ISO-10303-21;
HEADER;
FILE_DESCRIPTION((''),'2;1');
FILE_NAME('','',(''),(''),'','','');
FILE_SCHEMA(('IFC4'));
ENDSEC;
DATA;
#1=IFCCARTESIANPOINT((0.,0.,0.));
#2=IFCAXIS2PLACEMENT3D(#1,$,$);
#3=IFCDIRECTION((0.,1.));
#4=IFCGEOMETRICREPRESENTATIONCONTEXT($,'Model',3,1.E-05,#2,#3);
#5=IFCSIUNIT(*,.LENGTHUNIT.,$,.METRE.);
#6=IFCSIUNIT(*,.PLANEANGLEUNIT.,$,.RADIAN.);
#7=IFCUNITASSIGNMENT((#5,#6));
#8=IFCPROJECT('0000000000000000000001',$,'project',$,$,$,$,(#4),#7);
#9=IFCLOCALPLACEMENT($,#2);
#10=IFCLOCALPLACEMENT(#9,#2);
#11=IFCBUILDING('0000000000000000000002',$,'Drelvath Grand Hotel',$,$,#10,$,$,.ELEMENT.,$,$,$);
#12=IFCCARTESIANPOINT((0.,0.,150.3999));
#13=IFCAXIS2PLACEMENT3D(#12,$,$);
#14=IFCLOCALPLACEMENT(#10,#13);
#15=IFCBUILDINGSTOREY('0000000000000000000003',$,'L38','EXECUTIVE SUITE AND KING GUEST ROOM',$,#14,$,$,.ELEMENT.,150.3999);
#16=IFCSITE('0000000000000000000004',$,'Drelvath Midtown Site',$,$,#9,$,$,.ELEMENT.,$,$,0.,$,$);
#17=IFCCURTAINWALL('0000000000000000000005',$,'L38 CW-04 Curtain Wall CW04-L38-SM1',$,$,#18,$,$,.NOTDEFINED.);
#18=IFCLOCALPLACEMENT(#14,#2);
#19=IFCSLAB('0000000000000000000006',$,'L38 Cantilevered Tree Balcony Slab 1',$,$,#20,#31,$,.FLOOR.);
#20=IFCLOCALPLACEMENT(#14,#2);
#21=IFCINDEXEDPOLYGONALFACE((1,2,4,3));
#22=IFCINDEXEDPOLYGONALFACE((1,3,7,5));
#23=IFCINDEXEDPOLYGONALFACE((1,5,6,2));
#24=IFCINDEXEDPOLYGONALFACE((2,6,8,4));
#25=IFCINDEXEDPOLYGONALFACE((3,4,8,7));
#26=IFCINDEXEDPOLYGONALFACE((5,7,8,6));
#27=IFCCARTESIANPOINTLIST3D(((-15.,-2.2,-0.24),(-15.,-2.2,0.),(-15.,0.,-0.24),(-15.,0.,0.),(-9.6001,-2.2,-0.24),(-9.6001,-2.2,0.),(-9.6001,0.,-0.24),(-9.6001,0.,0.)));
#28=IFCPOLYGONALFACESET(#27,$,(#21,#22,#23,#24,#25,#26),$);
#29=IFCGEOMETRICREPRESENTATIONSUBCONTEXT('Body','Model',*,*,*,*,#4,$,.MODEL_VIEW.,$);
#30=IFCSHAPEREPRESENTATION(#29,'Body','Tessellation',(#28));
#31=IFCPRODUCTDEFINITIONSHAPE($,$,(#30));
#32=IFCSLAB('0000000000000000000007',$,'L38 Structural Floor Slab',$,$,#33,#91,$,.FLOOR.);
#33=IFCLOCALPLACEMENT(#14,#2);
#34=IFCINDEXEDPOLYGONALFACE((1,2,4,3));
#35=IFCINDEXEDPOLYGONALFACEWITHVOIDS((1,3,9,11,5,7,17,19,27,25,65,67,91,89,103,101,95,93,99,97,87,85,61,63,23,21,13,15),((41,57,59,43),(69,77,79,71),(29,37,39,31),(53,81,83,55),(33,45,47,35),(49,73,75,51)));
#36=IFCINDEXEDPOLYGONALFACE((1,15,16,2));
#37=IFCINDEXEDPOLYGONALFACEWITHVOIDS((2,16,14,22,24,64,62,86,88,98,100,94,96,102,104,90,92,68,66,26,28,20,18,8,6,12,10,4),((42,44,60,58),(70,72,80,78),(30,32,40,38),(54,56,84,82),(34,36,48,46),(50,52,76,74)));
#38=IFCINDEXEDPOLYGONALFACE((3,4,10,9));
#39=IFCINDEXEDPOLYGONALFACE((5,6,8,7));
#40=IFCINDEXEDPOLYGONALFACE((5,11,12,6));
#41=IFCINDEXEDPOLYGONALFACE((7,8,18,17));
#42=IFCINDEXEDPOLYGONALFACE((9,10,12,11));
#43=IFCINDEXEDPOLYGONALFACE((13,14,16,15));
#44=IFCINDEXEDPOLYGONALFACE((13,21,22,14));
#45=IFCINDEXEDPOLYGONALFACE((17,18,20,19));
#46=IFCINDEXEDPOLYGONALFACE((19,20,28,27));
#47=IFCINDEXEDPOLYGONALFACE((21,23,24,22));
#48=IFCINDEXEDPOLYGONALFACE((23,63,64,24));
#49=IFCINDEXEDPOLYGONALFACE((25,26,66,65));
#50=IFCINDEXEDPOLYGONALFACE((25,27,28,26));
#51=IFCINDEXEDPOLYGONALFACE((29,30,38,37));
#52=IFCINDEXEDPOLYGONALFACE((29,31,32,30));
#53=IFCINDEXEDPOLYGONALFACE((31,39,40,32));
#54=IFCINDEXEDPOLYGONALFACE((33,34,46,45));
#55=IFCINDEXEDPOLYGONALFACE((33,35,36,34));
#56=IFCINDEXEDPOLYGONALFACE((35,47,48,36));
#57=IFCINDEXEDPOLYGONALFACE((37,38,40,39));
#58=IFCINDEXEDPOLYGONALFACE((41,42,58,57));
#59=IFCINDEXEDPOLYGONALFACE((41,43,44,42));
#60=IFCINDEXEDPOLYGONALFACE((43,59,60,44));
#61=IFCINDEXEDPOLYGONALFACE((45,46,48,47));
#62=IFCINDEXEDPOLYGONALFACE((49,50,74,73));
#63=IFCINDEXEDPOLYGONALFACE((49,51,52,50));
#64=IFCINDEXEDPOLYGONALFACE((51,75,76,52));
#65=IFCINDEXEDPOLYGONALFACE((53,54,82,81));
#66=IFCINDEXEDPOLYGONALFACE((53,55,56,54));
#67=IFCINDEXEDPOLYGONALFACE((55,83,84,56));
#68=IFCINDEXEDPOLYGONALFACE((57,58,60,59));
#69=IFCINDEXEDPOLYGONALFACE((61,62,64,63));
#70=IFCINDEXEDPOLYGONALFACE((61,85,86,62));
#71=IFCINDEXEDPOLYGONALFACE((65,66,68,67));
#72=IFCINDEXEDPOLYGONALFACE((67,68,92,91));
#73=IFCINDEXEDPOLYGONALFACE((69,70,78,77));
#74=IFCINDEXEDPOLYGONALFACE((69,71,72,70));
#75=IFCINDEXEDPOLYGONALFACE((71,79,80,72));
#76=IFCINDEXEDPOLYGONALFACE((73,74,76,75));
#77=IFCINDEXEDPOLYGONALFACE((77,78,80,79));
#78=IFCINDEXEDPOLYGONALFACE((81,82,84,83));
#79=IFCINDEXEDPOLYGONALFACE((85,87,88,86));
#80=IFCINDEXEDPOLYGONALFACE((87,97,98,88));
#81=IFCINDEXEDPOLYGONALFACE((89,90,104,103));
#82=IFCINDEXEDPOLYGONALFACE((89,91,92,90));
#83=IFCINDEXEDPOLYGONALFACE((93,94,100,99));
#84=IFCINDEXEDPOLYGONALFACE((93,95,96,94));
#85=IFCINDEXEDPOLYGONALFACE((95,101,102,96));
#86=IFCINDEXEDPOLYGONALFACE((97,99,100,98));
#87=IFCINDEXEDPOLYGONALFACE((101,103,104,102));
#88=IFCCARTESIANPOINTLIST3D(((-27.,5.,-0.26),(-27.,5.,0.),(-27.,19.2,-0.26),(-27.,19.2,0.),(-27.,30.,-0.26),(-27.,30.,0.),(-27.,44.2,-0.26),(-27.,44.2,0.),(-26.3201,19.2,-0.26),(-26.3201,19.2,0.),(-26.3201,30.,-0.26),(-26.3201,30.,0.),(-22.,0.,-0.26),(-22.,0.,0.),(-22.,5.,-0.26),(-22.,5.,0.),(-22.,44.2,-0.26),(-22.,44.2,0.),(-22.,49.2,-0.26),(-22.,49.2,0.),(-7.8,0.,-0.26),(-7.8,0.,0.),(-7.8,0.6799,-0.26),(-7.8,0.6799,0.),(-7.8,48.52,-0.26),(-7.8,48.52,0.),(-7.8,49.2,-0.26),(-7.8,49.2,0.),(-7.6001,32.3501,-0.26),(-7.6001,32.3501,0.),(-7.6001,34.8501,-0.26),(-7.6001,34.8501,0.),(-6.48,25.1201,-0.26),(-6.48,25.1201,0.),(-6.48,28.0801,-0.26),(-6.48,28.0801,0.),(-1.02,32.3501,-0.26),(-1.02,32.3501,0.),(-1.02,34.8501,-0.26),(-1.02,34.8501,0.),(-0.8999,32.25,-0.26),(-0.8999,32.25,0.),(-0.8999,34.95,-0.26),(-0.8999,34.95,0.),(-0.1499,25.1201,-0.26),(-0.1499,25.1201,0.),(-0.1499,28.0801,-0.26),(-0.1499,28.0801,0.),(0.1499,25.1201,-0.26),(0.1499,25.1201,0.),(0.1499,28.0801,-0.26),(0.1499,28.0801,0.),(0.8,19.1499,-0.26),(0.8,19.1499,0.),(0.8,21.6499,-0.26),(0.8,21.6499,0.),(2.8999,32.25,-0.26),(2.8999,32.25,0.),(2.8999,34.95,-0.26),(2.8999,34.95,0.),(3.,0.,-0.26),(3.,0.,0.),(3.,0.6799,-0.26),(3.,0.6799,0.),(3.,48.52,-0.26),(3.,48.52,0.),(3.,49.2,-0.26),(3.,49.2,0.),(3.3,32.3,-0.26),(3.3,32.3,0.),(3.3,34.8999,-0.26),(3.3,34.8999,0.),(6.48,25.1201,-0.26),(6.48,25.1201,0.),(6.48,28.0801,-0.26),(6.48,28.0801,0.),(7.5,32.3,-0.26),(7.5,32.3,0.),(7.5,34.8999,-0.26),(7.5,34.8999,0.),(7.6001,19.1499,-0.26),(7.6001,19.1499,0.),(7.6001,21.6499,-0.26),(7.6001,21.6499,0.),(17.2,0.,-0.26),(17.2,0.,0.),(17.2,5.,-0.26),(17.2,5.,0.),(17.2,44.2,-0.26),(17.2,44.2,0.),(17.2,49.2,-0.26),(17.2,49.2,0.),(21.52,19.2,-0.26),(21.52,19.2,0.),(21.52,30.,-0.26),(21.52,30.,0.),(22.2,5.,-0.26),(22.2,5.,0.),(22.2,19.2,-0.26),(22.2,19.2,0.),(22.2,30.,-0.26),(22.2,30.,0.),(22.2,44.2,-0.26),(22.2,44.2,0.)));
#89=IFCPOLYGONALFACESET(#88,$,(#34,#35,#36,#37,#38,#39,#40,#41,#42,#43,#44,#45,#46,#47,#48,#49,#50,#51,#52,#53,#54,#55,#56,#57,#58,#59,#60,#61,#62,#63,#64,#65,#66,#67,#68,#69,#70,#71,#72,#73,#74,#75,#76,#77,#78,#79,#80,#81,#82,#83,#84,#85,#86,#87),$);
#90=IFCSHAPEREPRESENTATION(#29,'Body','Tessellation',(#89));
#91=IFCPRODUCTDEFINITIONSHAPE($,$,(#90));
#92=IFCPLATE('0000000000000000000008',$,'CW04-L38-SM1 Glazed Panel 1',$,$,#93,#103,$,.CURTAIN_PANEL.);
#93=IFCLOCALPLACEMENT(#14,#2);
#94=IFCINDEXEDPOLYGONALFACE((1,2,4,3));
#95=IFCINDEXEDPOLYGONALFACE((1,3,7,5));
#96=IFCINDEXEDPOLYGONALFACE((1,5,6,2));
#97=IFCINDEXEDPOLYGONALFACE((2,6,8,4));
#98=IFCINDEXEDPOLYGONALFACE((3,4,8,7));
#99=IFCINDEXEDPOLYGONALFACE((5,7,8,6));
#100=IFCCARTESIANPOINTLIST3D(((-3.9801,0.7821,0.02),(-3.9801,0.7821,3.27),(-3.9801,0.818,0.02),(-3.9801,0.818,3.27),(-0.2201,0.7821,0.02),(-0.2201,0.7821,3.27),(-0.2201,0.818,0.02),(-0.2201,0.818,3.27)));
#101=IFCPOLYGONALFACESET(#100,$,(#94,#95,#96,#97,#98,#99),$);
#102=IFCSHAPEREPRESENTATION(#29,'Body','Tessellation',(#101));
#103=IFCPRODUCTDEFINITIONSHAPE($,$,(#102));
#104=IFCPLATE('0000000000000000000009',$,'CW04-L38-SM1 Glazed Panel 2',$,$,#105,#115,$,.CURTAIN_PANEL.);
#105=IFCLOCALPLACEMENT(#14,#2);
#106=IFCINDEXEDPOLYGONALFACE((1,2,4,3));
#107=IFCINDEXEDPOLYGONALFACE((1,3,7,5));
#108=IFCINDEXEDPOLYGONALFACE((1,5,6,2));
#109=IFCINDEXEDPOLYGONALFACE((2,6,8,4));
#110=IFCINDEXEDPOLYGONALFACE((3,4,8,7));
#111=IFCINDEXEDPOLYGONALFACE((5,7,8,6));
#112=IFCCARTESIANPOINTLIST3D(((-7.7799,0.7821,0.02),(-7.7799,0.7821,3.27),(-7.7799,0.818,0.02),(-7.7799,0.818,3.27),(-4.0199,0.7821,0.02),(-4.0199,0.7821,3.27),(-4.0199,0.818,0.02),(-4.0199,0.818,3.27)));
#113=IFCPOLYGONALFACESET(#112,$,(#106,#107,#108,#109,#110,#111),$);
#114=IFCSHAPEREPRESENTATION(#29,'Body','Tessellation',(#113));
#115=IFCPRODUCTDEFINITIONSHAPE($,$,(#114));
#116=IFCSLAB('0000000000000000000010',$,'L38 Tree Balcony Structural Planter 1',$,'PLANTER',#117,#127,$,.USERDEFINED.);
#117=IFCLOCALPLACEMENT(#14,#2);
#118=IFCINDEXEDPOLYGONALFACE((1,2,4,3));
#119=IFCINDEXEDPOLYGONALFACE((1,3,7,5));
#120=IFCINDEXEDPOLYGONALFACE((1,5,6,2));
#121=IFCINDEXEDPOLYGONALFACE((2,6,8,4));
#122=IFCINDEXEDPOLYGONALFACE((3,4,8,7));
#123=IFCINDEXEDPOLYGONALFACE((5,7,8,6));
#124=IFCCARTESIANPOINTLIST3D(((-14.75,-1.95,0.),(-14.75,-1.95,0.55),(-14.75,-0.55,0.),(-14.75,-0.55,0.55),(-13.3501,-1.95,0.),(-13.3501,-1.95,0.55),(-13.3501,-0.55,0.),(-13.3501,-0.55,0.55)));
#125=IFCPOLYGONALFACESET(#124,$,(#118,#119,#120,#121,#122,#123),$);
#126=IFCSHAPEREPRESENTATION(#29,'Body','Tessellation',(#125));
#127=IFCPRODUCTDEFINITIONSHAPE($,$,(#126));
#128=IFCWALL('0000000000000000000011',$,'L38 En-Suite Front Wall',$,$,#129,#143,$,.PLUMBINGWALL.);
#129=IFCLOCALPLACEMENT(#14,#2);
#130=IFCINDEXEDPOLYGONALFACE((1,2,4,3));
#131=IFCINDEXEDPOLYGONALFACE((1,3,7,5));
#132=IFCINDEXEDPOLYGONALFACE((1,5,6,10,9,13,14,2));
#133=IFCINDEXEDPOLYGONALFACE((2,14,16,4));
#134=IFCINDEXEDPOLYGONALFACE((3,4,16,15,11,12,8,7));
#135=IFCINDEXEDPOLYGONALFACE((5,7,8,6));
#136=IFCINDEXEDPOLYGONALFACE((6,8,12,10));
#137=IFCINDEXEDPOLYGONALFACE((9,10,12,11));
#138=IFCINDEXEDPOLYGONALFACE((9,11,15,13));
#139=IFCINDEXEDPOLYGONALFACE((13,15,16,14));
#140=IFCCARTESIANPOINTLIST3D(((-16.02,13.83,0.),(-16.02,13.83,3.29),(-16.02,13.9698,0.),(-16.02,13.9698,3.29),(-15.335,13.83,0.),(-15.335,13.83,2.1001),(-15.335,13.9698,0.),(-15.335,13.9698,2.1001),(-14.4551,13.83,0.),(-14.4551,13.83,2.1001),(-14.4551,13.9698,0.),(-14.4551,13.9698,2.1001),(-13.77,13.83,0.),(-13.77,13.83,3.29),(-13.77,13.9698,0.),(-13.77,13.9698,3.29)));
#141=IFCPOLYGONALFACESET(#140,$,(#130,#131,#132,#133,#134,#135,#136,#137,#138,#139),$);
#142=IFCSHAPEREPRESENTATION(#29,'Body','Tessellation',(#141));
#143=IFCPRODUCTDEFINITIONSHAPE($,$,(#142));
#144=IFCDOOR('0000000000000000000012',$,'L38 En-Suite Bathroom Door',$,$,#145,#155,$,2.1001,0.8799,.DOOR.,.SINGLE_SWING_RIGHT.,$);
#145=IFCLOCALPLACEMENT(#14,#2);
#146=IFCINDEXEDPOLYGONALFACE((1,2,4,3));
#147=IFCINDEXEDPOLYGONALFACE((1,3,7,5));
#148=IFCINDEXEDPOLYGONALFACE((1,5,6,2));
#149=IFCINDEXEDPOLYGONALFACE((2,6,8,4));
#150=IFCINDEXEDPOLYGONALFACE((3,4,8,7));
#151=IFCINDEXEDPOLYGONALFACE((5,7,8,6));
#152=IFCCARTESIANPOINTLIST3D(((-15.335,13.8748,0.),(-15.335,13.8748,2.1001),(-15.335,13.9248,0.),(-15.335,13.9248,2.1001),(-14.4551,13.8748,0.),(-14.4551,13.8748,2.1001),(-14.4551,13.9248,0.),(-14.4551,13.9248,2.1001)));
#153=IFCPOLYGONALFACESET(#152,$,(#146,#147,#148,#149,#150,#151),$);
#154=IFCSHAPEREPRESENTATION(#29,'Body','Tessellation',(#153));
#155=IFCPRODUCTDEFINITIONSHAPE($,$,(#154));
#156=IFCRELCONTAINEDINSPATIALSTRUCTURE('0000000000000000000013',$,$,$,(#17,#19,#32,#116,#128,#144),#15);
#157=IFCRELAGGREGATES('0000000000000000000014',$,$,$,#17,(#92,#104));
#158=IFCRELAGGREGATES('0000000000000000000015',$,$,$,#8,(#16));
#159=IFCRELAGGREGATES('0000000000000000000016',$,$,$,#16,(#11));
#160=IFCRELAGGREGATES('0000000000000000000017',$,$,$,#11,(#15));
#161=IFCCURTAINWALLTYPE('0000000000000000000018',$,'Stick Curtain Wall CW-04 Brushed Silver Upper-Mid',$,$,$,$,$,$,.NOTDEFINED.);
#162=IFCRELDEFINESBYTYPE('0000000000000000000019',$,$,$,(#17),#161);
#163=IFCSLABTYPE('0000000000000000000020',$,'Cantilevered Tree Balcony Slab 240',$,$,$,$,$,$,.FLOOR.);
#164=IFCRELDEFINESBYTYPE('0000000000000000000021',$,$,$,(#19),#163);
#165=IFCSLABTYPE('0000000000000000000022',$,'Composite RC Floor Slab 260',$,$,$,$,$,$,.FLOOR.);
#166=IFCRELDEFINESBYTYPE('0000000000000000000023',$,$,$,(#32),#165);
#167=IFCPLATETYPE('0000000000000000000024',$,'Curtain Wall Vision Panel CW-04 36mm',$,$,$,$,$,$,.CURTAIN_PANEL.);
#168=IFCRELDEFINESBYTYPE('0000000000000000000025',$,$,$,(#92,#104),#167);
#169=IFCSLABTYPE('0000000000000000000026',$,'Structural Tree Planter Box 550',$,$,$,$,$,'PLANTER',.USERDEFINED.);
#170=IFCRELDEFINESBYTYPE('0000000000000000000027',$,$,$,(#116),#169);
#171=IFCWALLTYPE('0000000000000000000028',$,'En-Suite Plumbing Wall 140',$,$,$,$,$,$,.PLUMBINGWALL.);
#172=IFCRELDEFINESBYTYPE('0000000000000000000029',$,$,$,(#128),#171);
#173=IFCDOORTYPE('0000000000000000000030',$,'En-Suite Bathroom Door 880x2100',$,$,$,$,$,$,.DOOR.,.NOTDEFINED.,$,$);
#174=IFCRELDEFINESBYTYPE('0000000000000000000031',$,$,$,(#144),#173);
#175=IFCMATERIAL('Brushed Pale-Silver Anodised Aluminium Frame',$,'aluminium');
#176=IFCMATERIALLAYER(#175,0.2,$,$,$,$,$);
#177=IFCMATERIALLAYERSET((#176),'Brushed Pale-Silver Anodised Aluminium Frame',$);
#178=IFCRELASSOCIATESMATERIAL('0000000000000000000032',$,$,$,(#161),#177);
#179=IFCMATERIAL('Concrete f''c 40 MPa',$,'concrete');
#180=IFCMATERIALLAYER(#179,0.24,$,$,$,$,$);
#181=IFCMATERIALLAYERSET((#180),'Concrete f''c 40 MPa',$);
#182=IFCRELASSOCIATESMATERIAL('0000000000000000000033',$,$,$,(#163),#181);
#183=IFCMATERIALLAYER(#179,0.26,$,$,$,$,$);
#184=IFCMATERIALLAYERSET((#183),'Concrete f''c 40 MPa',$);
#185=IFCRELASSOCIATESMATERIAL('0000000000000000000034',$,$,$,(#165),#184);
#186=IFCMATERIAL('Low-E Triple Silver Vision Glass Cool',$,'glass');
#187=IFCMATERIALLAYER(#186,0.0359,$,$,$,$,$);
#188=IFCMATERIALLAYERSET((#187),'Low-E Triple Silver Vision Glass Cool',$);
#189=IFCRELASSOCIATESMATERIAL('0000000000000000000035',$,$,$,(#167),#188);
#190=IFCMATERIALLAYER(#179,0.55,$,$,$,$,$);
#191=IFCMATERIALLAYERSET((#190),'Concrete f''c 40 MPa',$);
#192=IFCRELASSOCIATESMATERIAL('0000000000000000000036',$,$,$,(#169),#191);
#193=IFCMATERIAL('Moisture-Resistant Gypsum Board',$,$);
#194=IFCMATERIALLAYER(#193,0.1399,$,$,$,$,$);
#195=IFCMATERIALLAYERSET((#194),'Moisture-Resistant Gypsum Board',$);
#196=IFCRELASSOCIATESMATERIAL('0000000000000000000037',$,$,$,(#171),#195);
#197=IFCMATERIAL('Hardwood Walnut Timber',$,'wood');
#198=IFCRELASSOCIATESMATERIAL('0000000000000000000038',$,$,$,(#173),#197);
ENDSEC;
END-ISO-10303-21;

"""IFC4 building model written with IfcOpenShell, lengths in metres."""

from ifc_helpers import new_model, si_unit, direction, frame, frame_2d, origin, origin_2d, place, context, subcontext, project, spatial, polyline, rectangle, outline, extrude, material, layer, layer_set, type_object, element, fill, aggregate, save


model = new_model("IFC4")

# Units and contexts
model_context = context("Model", 3, precision=1e-05, world=origin(), true_north=direction((0.0, 1.0)))
body_context = subcontext(model_context, "Body", "Model", "MODEL_VIEW")
ifc_project = project(units=[si_unit("LENGTHUNIT", "METRE"), si_unit("PLANEANGLEUNIT", "RADIAN")], contexts=[model_context])

# Site, building, storey
site_placement = place(None, origin())
site = spatial("IfcSite", under=ifc_project, at=site_placement, Name="Drelvath Midtown Site", CompositionType="ELEMENT", RefElevation=0.0)
building_placement = place(site_placement, origin())
building = spatial("IfcBuilding", under=site, at=building_placement, Name="Drelvath Grand Hotel", CompositionType="ELEMENT")
storey_placement = place(building_placement, frame((0.0, 0.0, 150.3999)))
storey = spatial("IfcBuildingStorey", under=building, at=storey_placement, Name="L38", Description="EXECUTIVE SUITE AND KING GUEST ROOM", CompositionType="ELEMENT", Elevation=150.3999)

# Curtain wall
ifc_material_1 = material(Name="Brushed Pale-Silver Anodised Aluminium Frame", Category="aluminium")
ifc_layer_1 = layer(ifc_material_1, 0.2)
ifc_layer_set_1 = layer_set([ifc_layer_1], Name="Brushed Pale-Silver Anodised Aluminium Frame")
curtain_wall_type = type_object("IfcCurtainWallType", Name="Stick Curtain Wall CW-04 Brushed Silver Upper-Mid", PredefinedType="NOTDEFINED", material=ifc_layer_set_1)
curtain_wall_placement = place(storey_placement, origin())
curtain_wall = element("IfcCurtainWall", 1, at=curtain_wall_placement, inside=storey, type_object=curtain_wall_type, Name="L38 CW-04 Curtain Wall CW04-L38-SM1", PredefinedType="NOTDEFINED")

# Slabs
ifc_material_2 = material(Name="Concrete f'c 40 MPa", Category="concrete")
ifc_layer_2 = layer(ifc_material_2, 0.24)
ifc_layer_set_2 = layer_set([ifc_layer_2], Name="Concrete f'c 40 MPa")
slab_type_1 = type_object("IfcSlabType", Name="Cantilevered Tree Balcony Slab 240", PredefinedType="FLOOR", material=ifc_layer_set_2)
slab_1_placement = place(storey_placement, frame((0.0, 0.0, -0.24)))
element("IfcSlab", 2, at=slab_1_placement, inside=storey, type_object=slab_type_1, Name="L38 Cantilevered Tree Balcony Slab 1", PredefinedType="FLOOR", context=body_context, shape_type="SweptSolid", body=[
    extrude(outline(polyline([(-15.0, -2.2), (-9.6001, -2.2), (-9.6001, 0.0), (-15.0, 0.0), (-15.0, -2.2)])), origin(), (0.0, 0.0, 1.0), 0.24),
])
ifc_layer_3 = layer(ifc_material_2, 0.26)
ifc_layer_set_3 = layer_set([ifc_layer_3], Name="Concrete f'c 40 MPa")
slab_type_2 = type_object("IfcSlabType", Name="Composite RC Floor Slab 260", PredefinedType="FLOOR", material=ifc_layer_set_3)
slab_2_placement = place(storey_placement, frame((0.0, 0.0, -0.26)))
element("IfcSlab", 3, at=slab_2_placement, inside=storey, type_object=slab_type_2, Name="L38 Structural Floor Slab", PredefinedType="FLOOR", context=body_context, shape_type="SweptSolid", body=[
    extrude(outline(polyline([(-22.0, 0.0), (-7.8, 0.0), (-7.8, 0.6799), (3.0, 0.6799), (3.0, 0.0), (17.2, 0.0), (17.2, 5.0), (22.2, 5.0), (22.2, 19.2), (21.52, 19.2), (21.52, 30.0), (22.2, 30.0), (22.2, 44.2), (17.2, 44.2), (17.2, 49.2), (3.0, 49.2), (3.0, 48.52), (-7.8, 48.52), (-7.8, 49.2), (-22.0, 49.2), (-22.0, 44.2), (-27.0, 44.2), (-27.0, 30.0), (-26.3201, 30.0), (-26.3201, 19.2), (-27.0, 19.2), (-27.0, 5.0), (-22.0, 5.0), (-22.0, 0.0)]), holes=[polyline([(-6.48, 25.1201), (-6.48, 28.0801), (-0.1499, 28.0801), (-0.1499, 25.1201), (-6.48, 25.1201)]), polyline([(0.1499, 25.1201), (0.1499, 28.0801), (6.48, 28.0801), (6.48, 25.1201), (0.1499, 25.1201)]), polyline([(0.8, 19.1499), (0.8, 21.6499), (7.6001, 21.6499), (7.6001, 19.1499), (0.8, 19.1499)]), polyline([(-7.6001, 32.3501), (-7.6001, 34.8501), (-1.02, 34.8501), (-1.02, 32.3501), (-7.6001, 32.3501)]), polyline([(-0.8999, 32.25), (-0.8999, 34.95), (2.8999, 34.95), (2.8999, 32.25), (-0.8999, 32.25)]), polyline([(3.3, 32.3), (3.3, 34.8999), (7.5, 34.8999), (7.5, 32.3), (3.3, 32.3)])]), origin(), (0.0, 0.0, 1.0), 0.26),
])

# Plates
ifc_material_3 = material(Name="Low-E Triple Silver Vision Glass Cool", Category="glass")
ifc_layer_4 = layer(ifc_material_3, 0.0359)
ifc_layer_set_4 = layer_set([ifc_layer_4], Name="Low-E Triple Silver Vision Glass Cool")
plate_type = type_object("IfcPlateType", Name="Curtain Wall Vision Panel CW-04 36mm", PredefinedType="CURTAIN_PANEL", material=ifc_layer_set_4)
plate_1_placement = place(storey_placement, frame((-2.1001, 0.8, 0.02), z_axis=(0.0, 0.0, 1.0), x_axis=(-1.0, 0.0, 0.0)))
plate_1 = element("IfcPlate", 4, at=plate_1_placement, type_object=plate_type, Name="CW04-L38-SM1 Glazed Panel 1", PredefinedType="CURTAIN_PANEL", context=body_context, shape_type="SweptSolid", body=[
    extrude(rectangle(XDim=3.76, YDim=0.0359, at=origin_2d()), origin(), (0.0, 0.0, 1.0), 3.25),
])
plate_2_placement = place(storey_placement, frame((-5.8999, 0.8, 0.02), z_axis=(0.0, 0.0, 1.0), x_axis=(-1.0, 0.0, 0.0)))
plate_2 = element("IfcPlate", 5, at=plate_2_placement, type_object=plate_type, Name="CW04-L38-SM1 Glazed Panel 2", PredefinedType="CURTAIN_PANEL", context=body_context, shape_type="SweptSolid", body=[
    extrude(rectangle(XDim=3.76, YDim=0.0359, at=origin_2d()), origin(), (0.0, 0.0, 1.0), 3.25),
])
aggregate(curtain_wall, [plate_1, plate_2])

# Slab
ifc_layer_5 = layer(ifc_material_2, 0.55)
ifc_layer_set_5 = layer_set([ifc_layer_5], Name="Concrete f'c 40 MPa")
slab_type_3 = type_object("IfcSlabType", Name="Structural Tree Planter Box 550", ElementType="PLANTER", PredefinedType="USERDEFINED", material=ifc_layer_set_5)
slab_3_placement = place(storey_placement, origin())
element("IfcSlab", 6, at=slab_3_placement, inside=storey, type_object=slab_type_3, Name="L38 Tree Balcony Structural Planter 1", ObjectType="PLANTER", PredefinedType="USERDEFINED", context=body_context, shape_type="SweptSolid", body=[
    extrude(outline(polyline([(-14.75, -1.95), (-13.3501, -1.95), (-13.3501, -0.55), (-14.75, -0.55), (-14.75, -1.95)])), origin(), (0.0, 0.0, 1.0), 0.55),
])

# Wall, opening, door
ifc_material_4 = material(Name="Moisture-Resistant Gypsum Board")
ifc_layer_6 = layer(ifc_material_4, 0.1399)
ifc_layer_set_6 = layer_set([ifc_layer_6], Name="Moisture-Resistant Gypsum Board")
wall_type_1 = type_object("IfcWallType", Name="En-Suite Plumbing Wall 140", PredefinedType="PLUMBINGWALL", material=ifc_layer_set_6)
wall_1_placement = place(storey_placement, frame((-16.02, 13.8999, 0.0), z_axis=(0.0, 0.0, 1.0), x_axis=(1.0, 0.0, 0.0)))
wall_1 = element("IfcWall", 7, at=wall_1_placement, inside=storey, type_object=wall_type_1, Name="L38 En-Suite Front Wall", PredefinedType="PLUMBINGWALL", context=body_context, shape_type="SweptSolid", body=[
    extrude(rectangle(XDim=2.25, YDim=0.1399, at=frame_2d((1.125, 0.0))), origin(), (0.0, 0.0, 1.0), 3.29),
])
opening_1_placement = place(wall_1_placement, frame((0.6851, 0.0, 0.0)))
opening_1 = element("IfcOpeningElement", 8, at=opening_1_placement, cuts=wall_1, PredefinedType="OPENING", context=body_context, shape_type="SweptSolid", body=[
    extrude(rectangle(XDim=0.8799, YDim=2.1001, at=frame_2d((0.4399, 1.05))), frame((0.0, 0.0798, 0.0), z_axis=(0.0, -1.0, 0.0), x_axis=(1.0, 0.0, 0.0)), (0.0, 0.0, 1.0), 0.1599),
])
ifc_material_5 = material(Name="Hardwood Walnut Timber", Category="wood")
door_type_1 = type_object("IfcDoorType", Name="En-Suite Bathroom Door 880x2100", OperationType="NOTDEFINED", PredefinedType="DOOR", material=ifc_material_5)
door_1_placement = place(opening_1_placement, origin())
door_1 = element("IfcDoor", 9, at=door_1_placement, inside=storey, type_object=door_type_1, Name="L38 En-Suite Bathroom Door", OperationType="SINGLE_SWING_RIGHT", OverallHeight=2.1001, OverallWidth=0.8799, PredefinedType="DOOR", context=body_context, shape_type="SweptSolid", body=[
    extrude(rectangle(XDim=0.8799, YDim=2.1001, at=frame_2d((0.4399, 1.05))), frame((0.0, 0.0249, 0.0), z_axis=(0.0, -1.0, 0.0), x_axis=(1.0, 0.0, 0.0)), (0.0, 0.0, 1.0), 0.05),
])
fill(opening_1, door_1)

save(model, "model.ifc")
